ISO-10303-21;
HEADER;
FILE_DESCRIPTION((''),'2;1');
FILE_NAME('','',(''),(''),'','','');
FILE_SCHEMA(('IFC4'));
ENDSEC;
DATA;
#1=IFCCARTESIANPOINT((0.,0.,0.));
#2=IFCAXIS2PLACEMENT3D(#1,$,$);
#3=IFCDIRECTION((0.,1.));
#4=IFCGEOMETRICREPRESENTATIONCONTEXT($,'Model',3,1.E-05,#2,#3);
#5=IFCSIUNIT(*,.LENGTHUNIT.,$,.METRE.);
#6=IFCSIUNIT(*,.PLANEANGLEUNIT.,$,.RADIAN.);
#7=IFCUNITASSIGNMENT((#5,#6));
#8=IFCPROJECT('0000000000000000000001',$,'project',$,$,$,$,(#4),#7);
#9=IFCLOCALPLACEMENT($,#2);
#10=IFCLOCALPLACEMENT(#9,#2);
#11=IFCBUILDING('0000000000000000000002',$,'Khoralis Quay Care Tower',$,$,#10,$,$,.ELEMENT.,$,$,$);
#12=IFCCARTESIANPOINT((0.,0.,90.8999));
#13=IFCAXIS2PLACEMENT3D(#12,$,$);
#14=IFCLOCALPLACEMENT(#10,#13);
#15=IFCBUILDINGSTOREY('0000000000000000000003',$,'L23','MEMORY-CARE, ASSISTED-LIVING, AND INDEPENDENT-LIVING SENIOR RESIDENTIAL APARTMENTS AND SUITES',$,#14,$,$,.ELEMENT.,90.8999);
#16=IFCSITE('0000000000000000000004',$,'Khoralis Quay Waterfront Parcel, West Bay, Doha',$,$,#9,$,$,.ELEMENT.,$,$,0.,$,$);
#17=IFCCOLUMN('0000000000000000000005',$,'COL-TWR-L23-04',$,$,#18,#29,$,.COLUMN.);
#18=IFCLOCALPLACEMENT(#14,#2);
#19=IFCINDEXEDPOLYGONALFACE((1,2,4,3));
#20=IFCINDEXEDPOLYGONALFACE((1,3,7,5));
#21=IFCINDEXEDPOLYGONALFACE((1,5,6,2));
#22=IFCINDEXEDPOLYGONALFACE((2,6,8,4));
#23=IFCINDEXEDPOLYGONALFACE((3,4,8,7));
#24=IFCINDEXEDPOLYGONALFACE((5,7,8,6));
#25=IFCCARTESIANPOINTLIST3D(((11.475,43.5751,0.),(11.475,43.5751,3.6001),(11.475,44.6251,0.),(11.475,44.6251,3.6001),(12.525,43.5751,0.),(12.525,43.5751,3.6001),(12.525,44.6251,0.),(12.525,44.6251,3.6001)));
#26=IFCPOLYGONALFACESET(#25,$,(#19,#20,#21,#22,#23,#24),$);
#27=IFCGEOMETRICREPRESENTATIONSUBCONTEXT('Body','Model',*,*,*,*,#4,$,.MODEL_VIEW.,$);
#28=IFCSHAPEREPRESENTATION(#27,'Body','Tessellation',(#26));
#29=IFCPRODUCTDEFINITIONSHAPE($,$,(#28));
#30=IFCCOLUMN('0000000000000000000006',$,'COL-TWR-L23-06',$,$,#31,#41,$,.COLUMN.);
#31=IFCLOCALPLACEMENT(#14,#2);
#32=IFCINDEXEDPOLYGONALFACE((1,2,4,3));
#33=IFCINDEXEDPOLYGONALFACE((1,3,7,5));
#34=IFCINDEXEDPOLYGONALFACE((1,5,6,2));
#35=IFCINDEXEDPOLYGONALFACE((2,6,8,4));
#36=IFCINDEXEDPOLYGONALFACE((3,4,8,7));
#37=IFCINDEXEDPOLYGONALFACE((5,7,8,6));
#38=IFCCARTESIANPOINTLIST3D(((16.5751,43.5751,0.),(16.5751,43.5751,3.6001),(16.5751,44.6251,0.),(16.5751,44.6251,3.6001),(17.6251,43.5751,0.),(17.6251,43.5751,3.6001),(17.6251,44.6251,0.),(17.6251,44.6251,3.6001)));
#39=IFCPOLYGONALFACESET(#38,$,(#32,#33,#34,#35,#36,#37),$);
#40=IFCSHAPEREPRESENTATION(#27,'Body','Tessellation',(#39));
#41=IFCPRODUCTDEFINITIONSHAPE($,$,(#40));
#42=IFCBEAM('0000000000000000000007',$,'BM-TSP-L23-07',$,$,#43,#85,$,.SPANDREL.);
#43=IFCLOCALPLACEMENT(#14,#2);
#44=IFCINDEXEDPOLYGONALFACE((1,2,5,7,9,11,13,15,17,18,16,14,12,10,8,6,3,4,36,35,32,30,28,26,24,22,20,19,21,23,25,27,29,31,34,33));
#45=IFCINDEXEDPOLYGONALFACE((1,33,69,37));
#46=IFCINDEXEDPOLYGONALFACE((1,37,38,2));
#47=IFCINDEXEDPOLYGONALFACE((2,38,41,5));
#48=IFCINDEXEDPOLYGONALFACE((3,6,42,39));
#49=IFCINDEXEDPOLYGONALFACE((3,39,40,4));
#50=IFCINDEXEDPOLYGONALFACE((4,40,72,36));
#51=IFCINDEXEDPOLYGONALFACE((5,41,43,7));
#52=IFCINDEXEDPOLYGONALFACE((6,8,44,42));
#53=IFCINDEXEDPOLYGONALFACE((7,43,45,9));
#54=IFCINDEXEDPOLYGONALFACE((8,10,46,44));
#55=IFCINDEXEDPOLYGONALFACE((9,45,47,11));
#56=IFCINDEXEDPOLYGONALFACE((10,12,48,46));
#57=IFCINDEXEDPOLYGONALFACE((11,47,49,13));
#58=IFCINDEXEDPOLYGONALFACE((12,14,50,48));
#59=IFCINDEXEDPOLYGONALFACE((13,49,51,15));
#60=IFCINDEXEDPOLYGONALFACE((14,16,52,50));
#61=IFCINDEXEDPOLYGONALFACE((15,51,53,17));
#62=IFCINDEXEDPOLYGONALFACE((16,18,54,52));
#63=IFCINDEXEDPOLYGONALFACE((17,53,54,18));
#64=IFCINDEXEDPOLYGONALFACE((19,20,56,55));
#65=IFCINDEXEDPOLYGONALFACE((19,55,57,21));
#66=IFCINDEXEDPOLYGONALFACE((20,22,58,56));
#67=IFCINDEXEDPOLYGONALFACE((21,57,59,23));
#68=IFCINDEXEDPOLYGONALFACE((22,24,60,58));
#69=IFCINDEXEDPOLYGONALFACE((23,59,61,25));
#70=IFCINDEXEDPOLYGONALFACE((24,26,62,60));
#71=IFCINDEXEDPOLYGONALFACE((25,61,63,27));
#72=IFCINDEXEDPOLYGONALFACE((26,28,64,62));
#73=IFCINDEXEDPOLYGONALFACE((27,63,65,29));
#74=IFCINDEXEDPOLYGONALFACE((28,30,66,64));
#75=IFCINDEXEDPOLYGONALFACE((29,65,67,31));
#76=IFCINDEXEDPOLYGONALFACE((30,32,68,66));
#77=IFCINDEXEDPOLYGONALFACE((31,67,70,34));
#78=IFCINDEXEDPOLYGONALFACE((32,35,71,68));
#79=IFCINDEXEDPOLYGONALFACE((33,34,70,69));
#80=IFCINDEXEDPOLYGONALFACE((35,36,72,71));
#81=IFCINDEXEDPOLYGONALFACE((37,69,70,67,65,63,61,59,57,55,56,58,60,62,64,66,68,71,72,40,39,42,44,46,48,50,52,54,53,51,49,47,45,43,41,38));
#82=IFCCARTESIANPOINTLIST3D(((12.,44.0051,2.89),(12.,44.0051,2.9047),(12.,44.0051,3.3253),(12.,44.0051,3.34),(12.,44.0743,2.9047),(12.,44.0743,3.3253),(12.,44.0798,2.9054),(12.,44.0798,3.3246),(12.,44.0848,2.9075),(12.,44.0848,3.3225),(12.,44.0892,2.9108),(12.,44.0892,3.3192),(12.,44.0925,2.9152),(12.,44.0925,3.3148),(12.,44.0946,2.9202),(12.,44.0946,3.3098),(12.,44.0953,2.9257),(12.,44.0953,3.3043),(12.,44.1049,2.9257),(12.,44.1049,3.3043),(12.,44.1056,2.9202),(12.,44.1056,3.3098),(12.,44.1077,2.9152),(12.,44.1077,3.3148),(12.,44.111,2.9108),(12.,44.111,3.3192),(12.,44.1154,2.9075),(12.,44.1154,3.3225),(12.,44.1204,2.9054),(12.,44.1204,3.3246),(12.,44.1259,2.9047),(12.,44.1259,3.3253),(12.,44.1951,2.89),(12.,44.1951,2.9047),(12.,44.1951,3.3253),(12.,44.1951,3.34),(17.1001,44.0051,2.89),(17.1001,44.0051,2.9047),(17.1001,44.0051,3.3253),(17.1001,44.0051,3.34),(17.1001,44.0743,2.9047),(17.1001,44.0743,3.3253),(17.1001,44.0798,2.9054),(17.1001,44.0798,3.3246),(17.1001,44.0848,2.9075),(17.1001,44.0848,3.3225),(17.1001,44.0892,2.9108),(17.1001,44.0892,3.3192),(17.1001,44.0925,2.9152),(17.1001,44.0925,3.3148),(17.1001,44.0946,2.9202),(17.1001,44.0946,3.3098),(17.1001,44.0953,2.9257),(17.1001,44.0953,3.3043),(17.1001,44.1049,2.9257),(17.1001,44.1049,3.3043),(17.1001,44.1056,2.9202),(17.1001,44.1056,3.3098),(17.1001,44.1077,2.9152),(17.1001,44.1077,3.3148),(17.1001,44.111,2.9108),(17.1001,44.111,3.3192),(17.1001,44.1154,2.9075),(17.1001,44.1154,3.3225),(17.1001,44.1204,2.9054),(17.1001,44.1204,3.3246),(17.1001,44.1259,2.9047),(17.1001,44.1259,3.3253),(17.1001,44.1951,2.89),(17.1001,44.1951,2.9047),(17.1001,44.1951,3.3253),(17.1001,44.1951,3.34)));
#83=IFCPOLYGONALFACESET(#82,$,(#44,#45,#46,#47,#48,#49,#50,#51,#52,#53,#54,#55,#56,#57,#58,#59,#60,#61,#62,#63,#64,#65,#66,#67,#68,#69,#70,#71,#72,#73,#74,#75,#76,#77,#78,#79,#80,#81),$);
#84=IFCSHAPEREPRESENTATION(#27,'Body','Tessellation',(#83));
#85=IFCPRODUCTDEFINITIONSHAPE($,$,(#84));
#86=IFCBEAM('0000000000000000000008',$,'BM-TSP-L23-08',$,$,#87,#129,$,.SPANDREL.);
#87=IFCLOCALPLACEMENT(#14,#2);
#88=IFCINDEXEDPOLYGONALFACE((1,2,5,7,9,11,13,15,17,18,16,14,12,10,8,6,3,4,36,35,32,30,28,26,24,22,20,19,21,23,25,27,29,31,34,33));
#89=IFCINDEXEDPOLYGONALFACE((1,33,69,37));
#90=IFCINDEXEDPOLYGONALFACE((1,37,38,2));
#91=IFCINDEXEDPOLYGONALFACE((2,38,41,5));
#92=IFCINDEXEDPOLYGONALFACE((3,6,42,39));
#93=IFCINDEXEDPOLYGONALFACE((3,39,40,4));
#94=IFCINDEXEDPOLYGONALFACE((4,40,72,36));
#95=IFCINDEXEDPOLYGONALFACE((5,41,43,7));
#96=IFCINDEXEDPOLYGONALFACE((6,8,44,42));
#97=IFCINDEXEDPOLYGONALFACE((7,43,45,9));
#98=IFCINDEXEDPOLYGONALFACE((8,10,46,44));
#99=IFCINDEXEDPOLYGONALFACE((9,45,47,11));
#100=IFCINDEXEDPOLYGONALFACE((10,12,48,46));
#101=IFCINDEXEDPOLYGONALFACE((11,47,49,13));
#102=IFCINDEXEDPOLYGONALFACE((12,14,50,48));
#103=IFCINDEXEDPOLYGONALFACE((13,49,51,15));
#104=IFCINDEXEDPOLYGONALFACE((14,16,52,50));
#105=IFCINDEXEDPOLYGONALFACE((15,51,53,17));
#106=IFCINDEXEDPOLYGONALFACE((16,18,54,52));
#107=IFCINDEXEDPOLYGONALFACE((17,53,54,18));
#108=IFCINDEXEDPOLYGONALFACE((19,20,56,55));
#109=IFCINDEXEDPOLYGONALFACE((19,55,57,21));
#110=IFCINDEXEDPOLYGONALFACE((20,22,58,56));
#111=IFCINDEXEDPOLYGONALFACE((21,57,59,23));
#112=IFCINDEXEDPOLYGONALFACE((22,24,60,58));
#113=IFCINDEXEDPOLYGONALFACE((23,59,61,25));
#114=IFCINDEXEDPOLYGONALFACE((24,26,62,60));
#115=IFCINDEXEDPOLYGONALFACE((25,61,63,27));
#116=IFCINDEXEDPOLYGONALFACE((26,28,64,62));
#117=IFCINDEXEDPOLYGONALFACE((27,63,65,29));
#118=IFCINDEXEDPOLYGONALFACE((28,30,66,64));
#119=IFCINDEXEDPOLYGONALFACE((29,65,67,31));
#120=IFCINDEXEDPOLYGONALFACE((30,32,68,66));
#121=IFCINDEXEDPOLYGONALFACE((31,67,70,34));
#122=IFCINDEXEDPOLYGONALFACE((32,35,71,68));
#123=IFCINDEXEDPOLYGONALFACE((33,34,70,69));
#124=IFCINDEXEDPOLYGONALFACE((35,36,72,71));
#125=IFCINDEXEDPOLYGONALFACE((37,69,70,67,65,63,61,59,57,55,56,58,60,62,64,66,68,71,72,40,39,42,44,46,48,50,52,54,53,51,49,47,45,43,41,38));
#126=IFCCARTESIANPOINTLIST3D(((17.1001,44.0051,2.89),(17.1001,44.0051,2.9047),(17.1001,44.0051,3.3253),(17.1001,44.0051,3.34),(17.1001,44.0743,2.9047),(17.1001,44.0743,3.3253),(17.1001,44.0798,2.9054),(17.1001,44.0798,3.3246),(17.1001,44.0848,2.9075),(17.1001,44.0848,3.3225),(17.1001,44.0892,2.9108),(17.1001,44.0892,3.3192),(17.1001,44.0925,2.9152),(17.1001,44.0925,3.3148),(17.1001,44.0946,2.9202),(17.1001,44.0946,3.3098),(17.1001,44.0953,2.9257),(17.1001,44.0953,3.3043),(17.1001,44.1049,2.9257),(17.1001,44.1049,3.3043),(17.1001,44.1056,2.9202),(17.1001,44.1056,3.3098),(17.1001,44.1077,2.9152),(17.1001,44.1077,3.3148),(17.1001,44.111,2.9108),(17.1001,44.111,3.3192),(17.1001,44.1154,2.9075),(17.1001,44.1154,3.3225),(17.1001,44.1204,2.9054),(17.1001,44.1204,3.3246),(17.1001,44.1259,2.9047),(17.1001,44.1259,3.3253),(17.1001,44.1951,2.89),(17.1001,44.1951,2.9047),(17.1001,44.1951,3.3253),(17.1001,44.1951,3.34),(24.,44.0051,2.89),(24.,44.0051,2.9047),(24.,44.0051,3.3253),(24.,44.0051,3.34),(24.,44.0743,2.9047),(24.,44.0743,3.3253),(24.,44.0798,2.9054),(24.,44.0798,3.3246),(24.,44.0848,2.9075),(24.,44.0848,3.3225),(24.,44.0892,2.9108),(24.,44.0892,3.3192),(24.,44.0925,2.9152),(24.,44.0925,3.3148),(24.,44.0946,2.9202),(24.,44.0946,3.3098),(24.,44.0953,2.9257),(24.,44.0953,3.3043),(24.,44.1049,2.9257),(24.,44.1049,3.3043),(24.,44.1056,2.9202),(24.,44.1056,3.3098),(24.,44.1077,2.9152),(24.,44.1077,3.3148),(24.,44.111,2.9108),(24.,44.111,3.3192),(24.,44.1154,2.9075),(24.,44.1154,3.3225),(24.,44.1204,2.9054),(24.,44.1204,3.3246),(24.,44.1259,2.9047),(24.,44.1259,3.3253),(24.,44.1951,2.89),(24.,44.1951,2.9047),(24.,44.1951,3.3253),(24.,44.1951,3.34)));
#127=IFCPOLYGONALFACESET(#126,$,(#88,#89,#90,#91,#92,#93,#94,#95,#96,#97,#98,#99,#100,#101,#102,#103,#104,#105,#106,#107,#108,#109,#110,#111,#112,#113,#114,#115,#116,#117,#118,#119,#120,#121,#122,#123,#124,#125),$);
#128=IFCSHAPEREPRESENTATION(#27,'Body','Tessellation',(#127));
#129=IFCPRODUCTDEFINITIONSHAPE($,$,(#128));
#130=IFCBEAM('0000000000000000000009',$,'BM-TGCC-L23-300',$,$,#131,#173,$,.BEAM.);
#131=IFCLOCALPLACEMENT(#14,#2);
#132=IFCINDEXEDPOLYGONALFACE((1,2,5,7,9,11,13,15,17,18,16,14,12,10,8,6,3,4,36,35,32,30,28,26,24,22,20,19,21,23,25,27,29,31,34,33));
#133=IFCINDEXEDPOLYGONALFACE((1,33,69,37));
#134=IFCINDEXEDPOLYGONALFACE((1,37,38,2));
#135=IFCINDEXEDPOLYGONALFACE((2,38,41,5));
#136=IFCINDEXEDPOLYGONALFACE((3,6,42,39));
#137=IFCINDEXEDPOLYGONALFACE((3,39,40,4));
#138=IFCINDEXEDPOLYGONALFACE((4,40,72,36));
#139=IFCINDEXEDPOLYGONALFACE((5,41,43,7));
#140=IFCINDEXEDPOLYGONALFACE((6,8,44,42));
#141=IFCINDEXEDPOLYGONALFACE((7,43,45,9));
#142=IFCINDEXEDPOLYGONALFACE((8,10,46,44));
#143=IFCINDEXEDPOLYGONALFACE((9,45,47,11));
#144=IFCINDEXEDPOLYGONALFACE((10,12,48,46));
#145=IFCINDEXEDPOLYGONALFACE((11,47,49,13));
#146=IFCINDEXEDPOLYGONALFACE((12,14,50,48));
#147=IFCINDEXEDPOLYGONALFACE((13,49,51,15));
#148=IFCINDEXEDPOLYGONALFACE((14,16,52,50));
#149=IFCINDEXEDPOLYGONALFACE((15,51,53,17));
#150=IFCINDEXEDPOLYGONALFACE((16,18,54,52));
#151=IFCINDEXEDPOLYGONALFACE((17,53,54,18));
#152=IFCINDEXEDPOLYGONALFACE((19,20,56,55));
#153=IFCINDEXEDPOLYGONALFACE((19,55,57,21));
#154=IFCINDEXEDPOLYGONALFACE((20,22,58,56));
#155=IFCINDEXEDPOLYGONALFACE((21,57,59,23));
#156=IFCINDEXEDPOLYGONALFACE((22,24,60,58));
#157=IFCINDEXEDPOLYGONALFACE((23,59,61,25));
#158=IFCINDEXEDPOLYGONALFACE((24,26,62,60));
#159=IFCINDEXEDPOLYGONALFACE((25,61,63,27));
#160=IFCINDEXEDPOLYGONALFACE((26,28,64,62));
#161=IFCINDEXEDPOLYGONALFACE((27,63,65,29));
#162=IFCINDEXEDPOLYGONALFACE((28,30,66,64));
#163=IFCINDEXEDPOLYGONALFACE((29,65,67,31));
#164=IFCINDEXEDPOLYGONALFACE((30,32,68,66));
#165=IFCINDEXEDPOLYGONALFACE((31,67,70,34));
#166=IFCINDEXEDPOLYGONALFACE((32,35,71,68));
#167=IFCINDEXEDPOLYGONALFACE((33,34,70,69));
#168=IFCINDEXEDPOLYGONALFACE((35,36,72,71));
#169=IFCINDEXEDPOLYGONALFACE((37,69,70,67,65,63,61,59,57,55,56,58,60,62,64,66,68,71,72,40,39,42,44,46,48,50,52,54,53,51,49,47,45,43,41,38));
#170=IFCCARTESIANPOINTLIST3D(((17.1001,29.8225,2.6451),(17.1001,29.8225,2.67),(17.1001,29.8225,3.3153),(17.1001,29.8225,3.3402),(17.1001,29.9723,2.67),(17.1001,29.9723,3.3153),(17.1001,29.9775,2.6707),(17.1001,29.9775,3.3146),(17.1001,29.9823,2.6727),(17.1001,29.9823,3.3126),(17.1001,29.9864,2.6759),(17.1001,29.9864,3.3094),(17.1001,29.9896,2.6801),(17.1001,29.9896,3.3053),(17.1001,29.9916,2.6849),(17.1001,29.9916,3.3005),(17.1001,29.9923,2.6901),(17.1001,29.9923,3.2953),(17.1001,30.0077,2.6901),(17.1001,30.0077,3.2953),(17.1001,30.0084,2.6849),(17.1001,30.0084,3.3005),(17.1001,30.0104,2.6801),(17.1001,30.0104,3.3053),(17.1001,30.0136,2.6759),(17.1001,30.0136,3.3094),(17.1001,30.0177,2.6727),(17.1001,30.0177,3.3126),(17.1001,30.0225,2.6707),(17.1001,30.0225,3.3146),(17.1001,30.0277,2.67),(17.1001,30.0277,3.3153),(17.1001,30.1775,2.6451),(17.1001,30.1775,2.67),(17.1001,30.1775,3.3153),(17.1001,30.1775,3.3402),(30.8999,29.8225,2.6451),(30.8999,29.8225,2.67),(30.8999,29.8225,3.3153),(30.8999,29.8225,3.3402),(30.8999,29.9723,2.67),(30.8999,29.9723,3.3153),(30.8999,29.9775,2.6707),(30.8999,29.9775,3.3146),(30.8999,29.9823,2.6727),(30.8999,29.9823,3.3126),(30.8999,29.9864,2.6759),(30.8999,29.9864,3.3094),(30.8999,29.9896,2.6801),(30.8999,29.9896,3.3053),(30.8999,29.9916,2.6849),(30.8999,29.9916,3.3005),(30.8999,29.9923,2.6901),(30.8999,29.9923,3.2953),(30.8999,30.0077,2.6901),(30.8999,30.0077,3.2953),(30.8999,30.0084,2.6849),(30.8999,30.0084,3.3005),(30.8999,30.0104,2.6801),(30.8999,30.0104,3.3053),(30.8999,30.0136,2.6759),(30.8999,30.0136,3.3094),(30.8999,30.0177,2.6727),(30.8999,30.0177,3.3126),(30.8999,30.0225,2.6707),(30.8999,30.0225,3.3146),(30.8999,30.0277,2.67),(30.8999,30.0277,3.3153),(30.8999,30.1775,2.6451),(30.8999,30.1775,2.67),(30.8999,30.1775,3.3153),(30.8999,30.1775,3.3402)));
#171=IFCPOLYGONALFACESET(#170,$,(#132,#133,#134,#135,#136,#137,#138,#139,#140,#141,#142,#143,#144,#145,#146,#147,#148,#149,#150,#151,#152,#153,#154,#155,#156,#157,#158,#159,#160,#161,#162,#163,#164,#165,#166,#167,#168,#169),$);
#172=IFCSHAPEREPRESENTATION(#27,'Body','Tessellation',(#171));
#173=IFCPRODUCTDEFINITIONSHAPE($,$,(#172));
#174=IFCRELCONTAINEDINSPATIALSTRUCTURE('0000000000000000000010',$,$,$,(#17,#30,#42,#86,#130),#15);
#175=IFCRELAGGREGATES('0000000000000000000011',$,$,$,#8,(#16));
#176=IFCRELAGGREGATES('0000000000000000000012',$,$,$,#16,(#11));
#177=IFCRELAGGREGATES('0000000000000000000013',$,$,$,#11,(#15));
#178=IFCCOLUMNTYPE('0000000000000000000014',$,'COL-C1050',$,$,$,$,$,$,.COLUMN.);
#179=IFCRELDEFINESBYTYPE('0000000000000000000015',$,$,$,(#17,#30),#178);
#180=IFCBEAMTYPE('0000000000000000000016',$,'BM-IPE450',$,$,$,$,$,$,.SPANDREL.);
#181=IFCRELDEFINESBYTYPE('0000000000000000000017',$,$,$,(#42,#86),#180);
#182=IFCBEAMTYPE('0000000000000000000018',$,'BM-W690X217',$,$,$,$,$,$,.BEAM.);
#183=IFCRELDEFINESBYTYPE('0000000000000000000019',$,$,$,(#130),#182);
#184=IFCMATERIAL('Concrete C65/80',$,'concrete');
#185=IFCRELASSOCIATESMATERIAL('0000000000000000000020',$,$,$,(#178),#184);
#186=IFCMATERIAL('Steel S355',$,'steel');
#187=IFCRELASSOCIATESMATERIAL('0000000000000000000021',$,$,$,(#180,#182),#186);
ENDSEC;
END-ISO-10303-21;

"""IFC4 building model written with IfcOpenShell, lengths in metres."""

from ifc_helpers import new_model, si_unit, direction, frame, origin, origin_2d, place, context, subcontext, project, spatial, rectangle, i_section, extrude, source, transform, mapped, material, material_profile, profile_set, type_object, element, save


model = new_model("IFC4")

# Units and contexts
model_context = context("Model", 3, precision=1e-05, world=origin(), true_north=direction((0.0, 1.0)))
body_context = subcontext(model_context, "Body", "Model", "MODEL_VIEW")
ifc_project = project(units=[si_unit("LENGTHUNIT", "METRE"), si_unit("PLANEANGLEUNIT", "RADIAN")], contexts=[model_context])

# Site, building, storey
site_placement = place(None, origin())
site = spatial("IfcSite", under=ifc_project, at=site_placement, Name="Khoralis Quay Waterfront Parcel, West Bay, Doha", CompositionType="ELEMENT", RefElevation=0.0)
building_placement = place(site_placement, origin())
building = spatial("IfcBuilding", under=site, at=building_placement, Name="Khoralis Quay Care Tower", CompositionType="ELEMENT")
storey_placement = place(building_placement, frame((0.0, 0.0, 90.8999)))
storey = spatial("IfcBuildingStorey", under=building, at=storey_placement, Name="L23", Description="MEMORY-CARE, ASSISTED-LIVING, AND INDEPENDENT-LIVING SENIOR RESIDENTIAL APARTMENTS AND SUITES", CompositionType="ELEMENT", Elevation=90.8999)

# Columns
ifc_material_1 = material(Name="Concrete C65/80", Category="concrete")
ifc_material_profile_1 = material_profile(ifc_material_1, rectangle(XDim=1.05, YDim=1.05, at=origin_2d()), Name="Concrete C65/80")
ifc_profile_set_1 = profile_set([ifc_material_profile_1], Name="Concrete C65/80")
column_type = type_object("IfcColumnType", Name="COL-C1050", PredefinedType="COLUMN", material=ifc_profile_set_1)
shared_shape_1 = source(origin(), body_context, "Body", "SweptSolid", [
    extrude(rectangle(XDim=1.05, YDim=1.05, at=origin_2d()), origin(), (0.0, 0.0, 1.0), 3.6001),
])
for number, where, z_axis, x_axis, name in (
    (1, (12.0, 44.1001, 0.0), (0.0, 0.0, 1.0), (1.0, 0.0, 0.0), "COL-TWR-L23-04"),
    (2, (17.1001, 44.1001, 0.0), (0.0, 0.0, 1.0), (1.0, 0.0, 0.0), "COL-TWR-L23-06"),
):
    element("IfcColumn", number, at=place(storey_placement, frame(where, z_axis=z_axis, x_axis=x_axis)), inside=storey, type_object=column_type, Name=name, PredefinedType="COLUMN", context=body_context, shape_type="MappedRepresentation", body=[
        mapped(shared_shape_1, transform((0.0, 0.0, 0.0), scale=1.0)),
    ])

# Beams
ifc_material_2 = material(Name="Steel S355", Category="steel")
ifc_material_profile_2 = material_profile(ifc_material_2, i_section(OverallWidth=0.1899, OverallDepth=0.45, WebThickness=0.0095, FlangeThickness=0.0146, FilletRadius=0.021, at=origin_2d()), Name="Steel S355")
ifc_profile_set_2 = profile_set([ifc_material_profile_2], Name="Steel S355")
beam_type_1 = type_object("IfcBeamType", Name="BM-IPE450", PredefinedType="SPANDREL", material=ifc_profile_set_2)
shared_shape_2 = source(origin(), body_context, "Body", "SweptSolid", [
    extrude(i_section(OverallWidth=0.1899, OverallDepth=0.45, WebThickness=0.0095, FlangeThickness=0.0146, FilletRadius=0.021, at=origin_2d()), origin(), (0.0, 0.0, 1.0), 5.1001),
])
beam_1_placement = place(storey_placement, frame((12.0, 44.1001, 3.115), z_axis=(1.0, 0.0, 0.0), x_axis=(0.0, 1.0, 0.0)))
element("IfcBeam", 3, at=beam_1_placement, inside=storey, type_object=beam_type_1, Name="BM-TSP-L23-07", PredefinedType="SPANDREL", context=body_context, shape_type="MappedRepresentation", body=[
    mapped(shared_shape_2, transform((0.0, 0.0, 0.0), scale=1.0)),
])
shared_shape_3 = source(origin(), body_context, "Body", "SweptSolid", [
    extrude(i_section(OverallWidth=0.1899, OverallDepth=0.45, WebThickness=0.0095, FlangeThickness=0.0146, FilletRadius=0.021, at=origin_2d()), origin(), (0.0, 0.0, 1.0), 6.8999),
])
beam_2_placement = place(storey_placement, frame((17.1001, 44.1001, 3.115), z_axis=(1.0, 0.0, 0.0), x_axis=(0.0, 1.0, 0.0)))
element("IfcBeam", 4, at=beam_2_placement, inside=storey, type_object=beam_type_1, Name="BM-TSP-L23-08", PredefinedType="SPANDREL", context=body_context, shape_type="MappedRepresentation", body=[
    mapped(shared_shape_3, transform((0.0, 0.0, 0.0), scale=1.0)),
])
ifc_material_profile_3 = material_profile(ifc_material_2, i_section(OverallWidth=0.355, OverallDepth=0.6951, WebThickness=0.0154, FlangeThickness=0.0249, FilletRadius=0.02, at=origin_2d()), Name="Steel S355")
ifc_profile_set_3 = profile_set([ifc_material_profile_3], Name="Steel S355")
beam_type_2 = type_object("IfcBeamType", Name="BM-W690X217", PredefinedType="BEAM", material=ifc_profile_set_3)
shared_shape_4 = source(origin(), body_context, "Body", "SweptSolid", [
    extrude(i_section(OverallWidth=0.355, OverallDepth=0.6951, WebThickness=0.0154, FlangeThickness=0.0249, FilletRadius=0.02, at=origin_2d()), origin(), (0.0, 0.0, 1.0), 13.7998),
])
beam_3_placement = place(storey_placement, frame((17.1001, 30.0, 2.9927), z_axis=(1.0, 0.0, 0.0), x_axis=(0.0, 1.0, 0.0)))
element("IfcBeam", 5, at=beam_3_placement, inside=storey, type_object=beam_type_2, Name="BM-TGCC-L23-300", PredefinedType="BEAM", context=body_context, shape_type="MappedRepresentation", body=[
    mapped(shared_shape_4, transform((0.0, 0.0, 0.0), scale=1.0)),
])

save(model, "model.ifc")
